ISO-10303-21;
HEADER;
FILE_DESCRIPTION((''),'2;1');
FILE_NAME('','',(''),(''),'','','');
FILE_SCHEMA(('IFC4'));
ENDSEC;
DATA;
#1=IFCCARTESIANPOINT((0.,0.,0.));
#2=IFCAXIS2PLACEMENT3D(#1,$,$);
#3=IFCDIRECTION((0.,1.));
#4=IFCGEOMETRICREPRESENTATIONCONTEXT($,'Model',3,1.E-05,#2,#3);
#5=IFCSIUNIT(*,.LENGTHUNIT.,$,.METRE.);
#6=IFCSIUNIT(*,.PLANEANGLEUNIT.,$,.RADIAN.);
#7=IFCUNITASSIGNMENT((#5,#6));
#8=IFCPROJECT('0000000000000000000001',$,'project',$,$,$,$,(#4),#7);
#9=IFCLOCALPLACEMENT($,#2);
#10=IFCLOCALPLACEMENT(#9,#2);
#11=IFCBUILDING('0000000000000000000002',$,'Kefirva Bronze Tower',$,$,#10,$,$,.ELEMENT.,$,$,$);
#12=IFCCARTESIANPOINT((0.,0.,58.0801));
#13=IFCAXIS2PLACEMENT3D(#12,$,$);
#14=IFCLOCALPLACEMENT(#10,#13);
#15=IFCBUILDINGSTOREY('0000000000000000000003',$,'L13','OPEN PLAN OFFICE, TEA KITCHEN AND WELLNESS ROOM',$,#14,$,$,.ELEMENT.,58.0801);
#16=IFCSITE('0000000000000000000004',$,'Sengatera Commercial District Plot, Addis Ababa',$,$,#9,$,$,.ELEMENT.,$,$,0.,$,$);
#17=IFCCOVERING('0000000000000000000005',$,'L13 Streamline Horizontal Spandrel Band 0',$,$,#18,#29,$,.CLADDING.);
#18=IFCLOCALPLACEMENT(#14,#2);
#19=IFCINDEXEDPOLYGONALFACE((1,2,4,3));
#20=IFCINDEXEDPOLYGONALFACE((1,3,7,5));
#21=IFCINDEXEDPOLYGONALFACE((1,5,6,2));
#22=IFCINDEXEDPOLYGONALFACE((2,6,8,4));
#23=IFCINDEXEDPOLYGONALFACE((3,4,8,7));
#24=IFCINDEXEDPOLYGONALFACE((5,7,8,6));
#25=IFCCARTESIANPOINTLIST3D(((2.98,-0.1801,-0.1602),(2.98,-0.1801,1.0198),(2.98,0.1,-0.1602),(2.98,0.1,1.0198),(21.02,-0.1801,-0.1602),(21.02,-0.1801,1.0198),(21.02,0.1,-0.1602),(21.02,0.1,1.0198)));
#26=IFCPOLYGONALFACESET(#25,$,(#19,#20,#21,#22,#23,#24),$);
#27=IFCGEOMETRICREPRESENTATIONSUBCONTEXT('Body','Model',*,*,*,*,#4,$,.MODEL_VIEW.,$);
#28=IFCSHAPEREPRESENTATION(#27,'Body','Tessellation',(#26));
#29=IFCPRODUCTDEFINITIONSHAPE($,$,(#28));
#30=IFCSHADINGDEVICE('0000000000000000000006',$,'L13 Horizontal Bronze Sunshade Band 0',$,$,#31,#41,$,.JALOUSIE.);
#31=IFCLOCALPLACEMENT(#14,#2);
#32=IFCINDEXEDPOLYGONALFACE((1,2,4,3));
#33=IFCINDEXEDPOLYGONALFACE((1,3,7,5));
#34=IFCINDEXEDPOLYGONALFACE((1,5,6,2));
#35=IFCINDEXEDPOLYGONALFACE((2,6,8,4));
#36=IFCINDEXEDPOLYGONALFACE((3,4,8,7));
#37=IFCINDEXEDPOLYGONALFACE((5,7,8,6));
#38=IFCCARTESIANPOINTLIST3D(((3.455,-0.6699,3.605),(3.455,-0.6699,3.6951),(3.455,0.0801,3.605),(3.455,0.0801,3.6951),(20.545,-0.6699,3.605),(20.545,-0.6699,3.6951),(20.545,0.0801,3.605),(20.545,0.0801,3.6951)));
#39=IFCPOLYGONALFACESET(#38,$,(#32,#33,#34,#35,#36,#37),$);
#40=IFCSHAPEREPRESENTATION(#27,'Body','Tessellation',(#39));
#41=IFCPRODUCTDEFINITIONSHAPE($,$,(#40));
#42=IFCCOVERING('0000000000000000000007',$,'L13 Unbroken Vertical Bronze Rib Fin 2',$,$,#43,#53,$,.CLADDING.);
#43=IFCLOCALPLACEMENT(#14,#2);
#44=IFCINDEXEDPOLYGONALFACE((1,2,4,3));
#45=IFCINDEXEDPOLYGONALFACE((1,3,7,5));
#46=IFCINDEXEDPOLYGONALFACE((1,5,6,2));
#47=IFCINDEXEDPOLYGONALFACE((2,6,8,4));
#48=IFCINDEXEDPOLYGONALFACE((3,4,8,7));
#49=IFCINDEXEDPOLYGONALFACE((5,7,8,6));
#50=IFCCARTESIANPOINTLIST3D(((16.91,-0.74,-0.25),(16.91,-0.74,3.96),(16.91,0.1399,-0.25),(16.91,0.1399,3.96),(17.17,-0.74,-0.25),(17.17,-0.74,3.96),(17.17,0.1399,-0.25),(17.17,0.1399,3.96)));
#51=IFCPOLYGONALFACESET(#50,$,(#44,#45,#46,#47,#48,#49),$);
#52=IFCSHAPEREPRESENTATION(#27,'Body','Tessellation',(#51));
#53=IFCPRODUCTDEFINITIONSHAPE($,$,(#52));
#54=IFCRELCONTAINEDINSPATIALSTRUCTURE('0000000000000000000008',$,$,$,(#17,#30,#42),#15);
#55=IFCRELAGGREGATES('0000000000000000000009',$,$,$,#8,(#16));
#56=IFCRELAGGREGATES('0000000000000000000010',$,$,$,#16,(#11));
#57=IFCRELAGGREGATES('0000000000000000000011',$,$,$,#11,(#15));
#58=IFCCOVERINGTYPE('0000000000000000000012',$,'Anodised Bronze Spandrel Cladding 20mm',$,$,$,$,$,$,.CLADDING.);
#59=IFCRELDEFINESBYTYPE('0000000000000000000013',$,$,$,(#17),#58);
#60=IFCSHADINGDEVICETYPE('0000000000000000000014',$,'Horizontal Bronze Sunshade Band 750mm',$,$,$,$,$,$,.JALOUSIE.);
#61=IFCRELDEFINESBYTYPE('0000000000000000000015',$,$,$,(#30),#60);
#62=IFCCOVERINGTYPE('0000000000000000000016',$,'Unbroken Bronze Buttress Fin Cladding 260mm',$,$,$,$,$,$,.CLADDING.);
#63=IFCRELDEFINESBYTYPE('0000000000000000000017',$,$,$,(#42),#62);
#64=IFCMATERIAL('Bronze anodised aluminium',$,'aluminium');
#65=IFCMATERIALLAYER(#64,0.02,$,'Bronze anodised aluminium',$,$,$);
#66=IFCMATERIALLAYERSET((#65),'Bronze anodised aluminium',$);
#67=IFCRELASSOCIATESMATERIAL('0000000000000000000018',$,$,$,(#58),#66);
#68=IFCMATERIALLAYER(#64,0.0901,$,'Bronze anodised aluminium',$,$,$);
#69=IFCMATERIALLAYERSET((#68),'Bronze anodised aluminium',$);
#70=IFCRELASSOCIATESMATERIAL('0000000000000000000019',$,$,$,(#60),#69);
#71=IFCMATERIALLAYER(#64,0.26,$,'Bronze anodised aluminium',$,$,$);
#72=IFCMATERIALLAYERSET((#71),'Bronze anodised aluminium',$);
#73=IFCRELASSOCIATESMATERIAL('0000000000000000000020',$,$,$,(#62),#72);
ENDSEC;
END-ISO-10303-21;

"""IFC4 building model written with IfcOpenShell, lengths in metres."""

from ifc_helpers import new_model, si_unit, direction, frame, origin, origin_2d, place, context, subcontext, project, spatial, rectangle, extrude, material, layer, layer_set, type_object, element, save


model = new_model("IFC4")

# Units and contexts
model_context = context("Model", 3, precision=1e-05, world=origin(), true_north=direction((0.0, 1.0)))
body_context = subcontext(model_context, "Body", "Model", "MODEL_VIEW")
ifc_project = project(units=[si_unit("LENGTHUNIT", "METRE"), si_unit("PLANEANGLEUNIT", "RADIAN")], contexts=[model_context])

# Site, building, storey
site_placement = place(None, origin())
site = spatial("IfcSite", under=ifc_project, at=site_placement, Name="Sengatera Commercial District Plot, Addis Ababa", CompositionType="ELEMENT", RefElevation=0.0)
building_placement = place(site_placement, origin())
building = spatial("IfcBuilding", under=site, at=building_placement, Name="Kefirva Bronze Tower", CompositionType="ELEMENT")
storey_placement = place(building_placement, frame((0.0, 0.0, 58.0801)))
storey = spatial("IfcBuildingStorey", under=building, at=storey_placement, Name="L13", Description="OPEN PLAN OFFICE, TEA KITCHEN AND WELLNESS ROOM", CompositionType="ELEMENT", Elevation=58.0801)

# Shared definitions
ifc_material_1 = material(Name="Bronze anodised aluminium", Category="aluminium")

# Covering
ifc_layer_1 = layer(ifc_material_1, 0.02, Name="Bronze anodised aluminium")
ifc_layer_set_1 = layer_set([ifc_layer_1], Name="Bronze anodised aluminium")
covering_type_1 = type_object("IfcCoveringType", Name="Anodised Bronze Spandrel Cladding 20mm", PredefinedType="CLADDING", material=ifc_layer_set_1)
covering_1_placement = place(storey_placement, frame((12.0, -0.04, -0.1602), z_axis=(0.0, 0.0, 1.0), x_axis=(1.0, 0.0, 0.0)))
element("IfcCovering", 1, at=covering_1_placement, inside=storey, type_object=covering_type_1, Name="L13 Streamline Horizontal Spandrel Band 0", PredefinedType="CLADDING", context=body_context, shape_type="SweptSolid", body=[
    extrude(rectangle(XDim=18.04, YDim=0.28, at=origin_2d()), origin(), (0.0, 0.0, 1.0), 1.1799),
])

# Shading device
ifc_layer_2 = layer(ifc_material_1, 0.0901, Name="Bronze anodised aluminium")
ifc_layer_set_2 = layer_set([ifc_layer_2], Name="Bronze anodised aluminium")
shading_device_type = type_object("IfcShadingDeviceType", Name="Horizontal Bronze Sunshade Band 750mm", PredefinedType="JALOUSIE", material=ifc_layer_set_2)
shading_device_placement = place(storey_placement, frame((12.0, -0.2949, 3.605), z_axis=(0.0, 0.0, 1.0), x_axis=(1.0, 0.0, 0.0)))
element("IfcShadingDevice", 2, at=shading_device_placement, inside=storey, type_object=shading_device_type, Name="L13 Horizontal Bronze Sunshade Band 0", PredefinedType="JALOUSIE", context=body_context, shape_type="SweptSolid", body=[
    extrude(rectangle(XDim=17.0901, YDim=0.75, at=origin_2d()), origin(), (0.0, 0.0, 1.0), 0.0901),
])

# Covering
ifc_layer_3 = layer(ifc_material_1, 0.26, Name="Bronze anodised aluminium")
ifc_layer_set_3 = layer_set([ifc_layer_3], Name="Bronze anodised aluminium")
covering_type_2 = type_object("IfcCoveringType", Name="Unbroken Bronze Buttress Fin Cladding 260mm", PredefinedType="CLADDING", material=ifc_layer_set_3)
covering_2_placement = place(storey_placement, frame((17.04, -0.3, -0.25), z_axis=(0.0, 0.0, 1.0), x_axis=(1.0, 0.0, 0.0)))
element("IfcCovering", 3, at=covering_2_placement, inside=storey, type_object=covering_type_2, Name="L13 Unbroken Vertical Bronze Rib Fin 2", PredefinedType="CLADDING", context=body_context, shape_type="SweptSolid", body=[
    extrude(rectangle(XDim=0.26, YDim=0.8799, at=origin_2d()), origin(), (0.0, 0.0, 1.0), 4.21),
])

save(model, "model.ifc")
